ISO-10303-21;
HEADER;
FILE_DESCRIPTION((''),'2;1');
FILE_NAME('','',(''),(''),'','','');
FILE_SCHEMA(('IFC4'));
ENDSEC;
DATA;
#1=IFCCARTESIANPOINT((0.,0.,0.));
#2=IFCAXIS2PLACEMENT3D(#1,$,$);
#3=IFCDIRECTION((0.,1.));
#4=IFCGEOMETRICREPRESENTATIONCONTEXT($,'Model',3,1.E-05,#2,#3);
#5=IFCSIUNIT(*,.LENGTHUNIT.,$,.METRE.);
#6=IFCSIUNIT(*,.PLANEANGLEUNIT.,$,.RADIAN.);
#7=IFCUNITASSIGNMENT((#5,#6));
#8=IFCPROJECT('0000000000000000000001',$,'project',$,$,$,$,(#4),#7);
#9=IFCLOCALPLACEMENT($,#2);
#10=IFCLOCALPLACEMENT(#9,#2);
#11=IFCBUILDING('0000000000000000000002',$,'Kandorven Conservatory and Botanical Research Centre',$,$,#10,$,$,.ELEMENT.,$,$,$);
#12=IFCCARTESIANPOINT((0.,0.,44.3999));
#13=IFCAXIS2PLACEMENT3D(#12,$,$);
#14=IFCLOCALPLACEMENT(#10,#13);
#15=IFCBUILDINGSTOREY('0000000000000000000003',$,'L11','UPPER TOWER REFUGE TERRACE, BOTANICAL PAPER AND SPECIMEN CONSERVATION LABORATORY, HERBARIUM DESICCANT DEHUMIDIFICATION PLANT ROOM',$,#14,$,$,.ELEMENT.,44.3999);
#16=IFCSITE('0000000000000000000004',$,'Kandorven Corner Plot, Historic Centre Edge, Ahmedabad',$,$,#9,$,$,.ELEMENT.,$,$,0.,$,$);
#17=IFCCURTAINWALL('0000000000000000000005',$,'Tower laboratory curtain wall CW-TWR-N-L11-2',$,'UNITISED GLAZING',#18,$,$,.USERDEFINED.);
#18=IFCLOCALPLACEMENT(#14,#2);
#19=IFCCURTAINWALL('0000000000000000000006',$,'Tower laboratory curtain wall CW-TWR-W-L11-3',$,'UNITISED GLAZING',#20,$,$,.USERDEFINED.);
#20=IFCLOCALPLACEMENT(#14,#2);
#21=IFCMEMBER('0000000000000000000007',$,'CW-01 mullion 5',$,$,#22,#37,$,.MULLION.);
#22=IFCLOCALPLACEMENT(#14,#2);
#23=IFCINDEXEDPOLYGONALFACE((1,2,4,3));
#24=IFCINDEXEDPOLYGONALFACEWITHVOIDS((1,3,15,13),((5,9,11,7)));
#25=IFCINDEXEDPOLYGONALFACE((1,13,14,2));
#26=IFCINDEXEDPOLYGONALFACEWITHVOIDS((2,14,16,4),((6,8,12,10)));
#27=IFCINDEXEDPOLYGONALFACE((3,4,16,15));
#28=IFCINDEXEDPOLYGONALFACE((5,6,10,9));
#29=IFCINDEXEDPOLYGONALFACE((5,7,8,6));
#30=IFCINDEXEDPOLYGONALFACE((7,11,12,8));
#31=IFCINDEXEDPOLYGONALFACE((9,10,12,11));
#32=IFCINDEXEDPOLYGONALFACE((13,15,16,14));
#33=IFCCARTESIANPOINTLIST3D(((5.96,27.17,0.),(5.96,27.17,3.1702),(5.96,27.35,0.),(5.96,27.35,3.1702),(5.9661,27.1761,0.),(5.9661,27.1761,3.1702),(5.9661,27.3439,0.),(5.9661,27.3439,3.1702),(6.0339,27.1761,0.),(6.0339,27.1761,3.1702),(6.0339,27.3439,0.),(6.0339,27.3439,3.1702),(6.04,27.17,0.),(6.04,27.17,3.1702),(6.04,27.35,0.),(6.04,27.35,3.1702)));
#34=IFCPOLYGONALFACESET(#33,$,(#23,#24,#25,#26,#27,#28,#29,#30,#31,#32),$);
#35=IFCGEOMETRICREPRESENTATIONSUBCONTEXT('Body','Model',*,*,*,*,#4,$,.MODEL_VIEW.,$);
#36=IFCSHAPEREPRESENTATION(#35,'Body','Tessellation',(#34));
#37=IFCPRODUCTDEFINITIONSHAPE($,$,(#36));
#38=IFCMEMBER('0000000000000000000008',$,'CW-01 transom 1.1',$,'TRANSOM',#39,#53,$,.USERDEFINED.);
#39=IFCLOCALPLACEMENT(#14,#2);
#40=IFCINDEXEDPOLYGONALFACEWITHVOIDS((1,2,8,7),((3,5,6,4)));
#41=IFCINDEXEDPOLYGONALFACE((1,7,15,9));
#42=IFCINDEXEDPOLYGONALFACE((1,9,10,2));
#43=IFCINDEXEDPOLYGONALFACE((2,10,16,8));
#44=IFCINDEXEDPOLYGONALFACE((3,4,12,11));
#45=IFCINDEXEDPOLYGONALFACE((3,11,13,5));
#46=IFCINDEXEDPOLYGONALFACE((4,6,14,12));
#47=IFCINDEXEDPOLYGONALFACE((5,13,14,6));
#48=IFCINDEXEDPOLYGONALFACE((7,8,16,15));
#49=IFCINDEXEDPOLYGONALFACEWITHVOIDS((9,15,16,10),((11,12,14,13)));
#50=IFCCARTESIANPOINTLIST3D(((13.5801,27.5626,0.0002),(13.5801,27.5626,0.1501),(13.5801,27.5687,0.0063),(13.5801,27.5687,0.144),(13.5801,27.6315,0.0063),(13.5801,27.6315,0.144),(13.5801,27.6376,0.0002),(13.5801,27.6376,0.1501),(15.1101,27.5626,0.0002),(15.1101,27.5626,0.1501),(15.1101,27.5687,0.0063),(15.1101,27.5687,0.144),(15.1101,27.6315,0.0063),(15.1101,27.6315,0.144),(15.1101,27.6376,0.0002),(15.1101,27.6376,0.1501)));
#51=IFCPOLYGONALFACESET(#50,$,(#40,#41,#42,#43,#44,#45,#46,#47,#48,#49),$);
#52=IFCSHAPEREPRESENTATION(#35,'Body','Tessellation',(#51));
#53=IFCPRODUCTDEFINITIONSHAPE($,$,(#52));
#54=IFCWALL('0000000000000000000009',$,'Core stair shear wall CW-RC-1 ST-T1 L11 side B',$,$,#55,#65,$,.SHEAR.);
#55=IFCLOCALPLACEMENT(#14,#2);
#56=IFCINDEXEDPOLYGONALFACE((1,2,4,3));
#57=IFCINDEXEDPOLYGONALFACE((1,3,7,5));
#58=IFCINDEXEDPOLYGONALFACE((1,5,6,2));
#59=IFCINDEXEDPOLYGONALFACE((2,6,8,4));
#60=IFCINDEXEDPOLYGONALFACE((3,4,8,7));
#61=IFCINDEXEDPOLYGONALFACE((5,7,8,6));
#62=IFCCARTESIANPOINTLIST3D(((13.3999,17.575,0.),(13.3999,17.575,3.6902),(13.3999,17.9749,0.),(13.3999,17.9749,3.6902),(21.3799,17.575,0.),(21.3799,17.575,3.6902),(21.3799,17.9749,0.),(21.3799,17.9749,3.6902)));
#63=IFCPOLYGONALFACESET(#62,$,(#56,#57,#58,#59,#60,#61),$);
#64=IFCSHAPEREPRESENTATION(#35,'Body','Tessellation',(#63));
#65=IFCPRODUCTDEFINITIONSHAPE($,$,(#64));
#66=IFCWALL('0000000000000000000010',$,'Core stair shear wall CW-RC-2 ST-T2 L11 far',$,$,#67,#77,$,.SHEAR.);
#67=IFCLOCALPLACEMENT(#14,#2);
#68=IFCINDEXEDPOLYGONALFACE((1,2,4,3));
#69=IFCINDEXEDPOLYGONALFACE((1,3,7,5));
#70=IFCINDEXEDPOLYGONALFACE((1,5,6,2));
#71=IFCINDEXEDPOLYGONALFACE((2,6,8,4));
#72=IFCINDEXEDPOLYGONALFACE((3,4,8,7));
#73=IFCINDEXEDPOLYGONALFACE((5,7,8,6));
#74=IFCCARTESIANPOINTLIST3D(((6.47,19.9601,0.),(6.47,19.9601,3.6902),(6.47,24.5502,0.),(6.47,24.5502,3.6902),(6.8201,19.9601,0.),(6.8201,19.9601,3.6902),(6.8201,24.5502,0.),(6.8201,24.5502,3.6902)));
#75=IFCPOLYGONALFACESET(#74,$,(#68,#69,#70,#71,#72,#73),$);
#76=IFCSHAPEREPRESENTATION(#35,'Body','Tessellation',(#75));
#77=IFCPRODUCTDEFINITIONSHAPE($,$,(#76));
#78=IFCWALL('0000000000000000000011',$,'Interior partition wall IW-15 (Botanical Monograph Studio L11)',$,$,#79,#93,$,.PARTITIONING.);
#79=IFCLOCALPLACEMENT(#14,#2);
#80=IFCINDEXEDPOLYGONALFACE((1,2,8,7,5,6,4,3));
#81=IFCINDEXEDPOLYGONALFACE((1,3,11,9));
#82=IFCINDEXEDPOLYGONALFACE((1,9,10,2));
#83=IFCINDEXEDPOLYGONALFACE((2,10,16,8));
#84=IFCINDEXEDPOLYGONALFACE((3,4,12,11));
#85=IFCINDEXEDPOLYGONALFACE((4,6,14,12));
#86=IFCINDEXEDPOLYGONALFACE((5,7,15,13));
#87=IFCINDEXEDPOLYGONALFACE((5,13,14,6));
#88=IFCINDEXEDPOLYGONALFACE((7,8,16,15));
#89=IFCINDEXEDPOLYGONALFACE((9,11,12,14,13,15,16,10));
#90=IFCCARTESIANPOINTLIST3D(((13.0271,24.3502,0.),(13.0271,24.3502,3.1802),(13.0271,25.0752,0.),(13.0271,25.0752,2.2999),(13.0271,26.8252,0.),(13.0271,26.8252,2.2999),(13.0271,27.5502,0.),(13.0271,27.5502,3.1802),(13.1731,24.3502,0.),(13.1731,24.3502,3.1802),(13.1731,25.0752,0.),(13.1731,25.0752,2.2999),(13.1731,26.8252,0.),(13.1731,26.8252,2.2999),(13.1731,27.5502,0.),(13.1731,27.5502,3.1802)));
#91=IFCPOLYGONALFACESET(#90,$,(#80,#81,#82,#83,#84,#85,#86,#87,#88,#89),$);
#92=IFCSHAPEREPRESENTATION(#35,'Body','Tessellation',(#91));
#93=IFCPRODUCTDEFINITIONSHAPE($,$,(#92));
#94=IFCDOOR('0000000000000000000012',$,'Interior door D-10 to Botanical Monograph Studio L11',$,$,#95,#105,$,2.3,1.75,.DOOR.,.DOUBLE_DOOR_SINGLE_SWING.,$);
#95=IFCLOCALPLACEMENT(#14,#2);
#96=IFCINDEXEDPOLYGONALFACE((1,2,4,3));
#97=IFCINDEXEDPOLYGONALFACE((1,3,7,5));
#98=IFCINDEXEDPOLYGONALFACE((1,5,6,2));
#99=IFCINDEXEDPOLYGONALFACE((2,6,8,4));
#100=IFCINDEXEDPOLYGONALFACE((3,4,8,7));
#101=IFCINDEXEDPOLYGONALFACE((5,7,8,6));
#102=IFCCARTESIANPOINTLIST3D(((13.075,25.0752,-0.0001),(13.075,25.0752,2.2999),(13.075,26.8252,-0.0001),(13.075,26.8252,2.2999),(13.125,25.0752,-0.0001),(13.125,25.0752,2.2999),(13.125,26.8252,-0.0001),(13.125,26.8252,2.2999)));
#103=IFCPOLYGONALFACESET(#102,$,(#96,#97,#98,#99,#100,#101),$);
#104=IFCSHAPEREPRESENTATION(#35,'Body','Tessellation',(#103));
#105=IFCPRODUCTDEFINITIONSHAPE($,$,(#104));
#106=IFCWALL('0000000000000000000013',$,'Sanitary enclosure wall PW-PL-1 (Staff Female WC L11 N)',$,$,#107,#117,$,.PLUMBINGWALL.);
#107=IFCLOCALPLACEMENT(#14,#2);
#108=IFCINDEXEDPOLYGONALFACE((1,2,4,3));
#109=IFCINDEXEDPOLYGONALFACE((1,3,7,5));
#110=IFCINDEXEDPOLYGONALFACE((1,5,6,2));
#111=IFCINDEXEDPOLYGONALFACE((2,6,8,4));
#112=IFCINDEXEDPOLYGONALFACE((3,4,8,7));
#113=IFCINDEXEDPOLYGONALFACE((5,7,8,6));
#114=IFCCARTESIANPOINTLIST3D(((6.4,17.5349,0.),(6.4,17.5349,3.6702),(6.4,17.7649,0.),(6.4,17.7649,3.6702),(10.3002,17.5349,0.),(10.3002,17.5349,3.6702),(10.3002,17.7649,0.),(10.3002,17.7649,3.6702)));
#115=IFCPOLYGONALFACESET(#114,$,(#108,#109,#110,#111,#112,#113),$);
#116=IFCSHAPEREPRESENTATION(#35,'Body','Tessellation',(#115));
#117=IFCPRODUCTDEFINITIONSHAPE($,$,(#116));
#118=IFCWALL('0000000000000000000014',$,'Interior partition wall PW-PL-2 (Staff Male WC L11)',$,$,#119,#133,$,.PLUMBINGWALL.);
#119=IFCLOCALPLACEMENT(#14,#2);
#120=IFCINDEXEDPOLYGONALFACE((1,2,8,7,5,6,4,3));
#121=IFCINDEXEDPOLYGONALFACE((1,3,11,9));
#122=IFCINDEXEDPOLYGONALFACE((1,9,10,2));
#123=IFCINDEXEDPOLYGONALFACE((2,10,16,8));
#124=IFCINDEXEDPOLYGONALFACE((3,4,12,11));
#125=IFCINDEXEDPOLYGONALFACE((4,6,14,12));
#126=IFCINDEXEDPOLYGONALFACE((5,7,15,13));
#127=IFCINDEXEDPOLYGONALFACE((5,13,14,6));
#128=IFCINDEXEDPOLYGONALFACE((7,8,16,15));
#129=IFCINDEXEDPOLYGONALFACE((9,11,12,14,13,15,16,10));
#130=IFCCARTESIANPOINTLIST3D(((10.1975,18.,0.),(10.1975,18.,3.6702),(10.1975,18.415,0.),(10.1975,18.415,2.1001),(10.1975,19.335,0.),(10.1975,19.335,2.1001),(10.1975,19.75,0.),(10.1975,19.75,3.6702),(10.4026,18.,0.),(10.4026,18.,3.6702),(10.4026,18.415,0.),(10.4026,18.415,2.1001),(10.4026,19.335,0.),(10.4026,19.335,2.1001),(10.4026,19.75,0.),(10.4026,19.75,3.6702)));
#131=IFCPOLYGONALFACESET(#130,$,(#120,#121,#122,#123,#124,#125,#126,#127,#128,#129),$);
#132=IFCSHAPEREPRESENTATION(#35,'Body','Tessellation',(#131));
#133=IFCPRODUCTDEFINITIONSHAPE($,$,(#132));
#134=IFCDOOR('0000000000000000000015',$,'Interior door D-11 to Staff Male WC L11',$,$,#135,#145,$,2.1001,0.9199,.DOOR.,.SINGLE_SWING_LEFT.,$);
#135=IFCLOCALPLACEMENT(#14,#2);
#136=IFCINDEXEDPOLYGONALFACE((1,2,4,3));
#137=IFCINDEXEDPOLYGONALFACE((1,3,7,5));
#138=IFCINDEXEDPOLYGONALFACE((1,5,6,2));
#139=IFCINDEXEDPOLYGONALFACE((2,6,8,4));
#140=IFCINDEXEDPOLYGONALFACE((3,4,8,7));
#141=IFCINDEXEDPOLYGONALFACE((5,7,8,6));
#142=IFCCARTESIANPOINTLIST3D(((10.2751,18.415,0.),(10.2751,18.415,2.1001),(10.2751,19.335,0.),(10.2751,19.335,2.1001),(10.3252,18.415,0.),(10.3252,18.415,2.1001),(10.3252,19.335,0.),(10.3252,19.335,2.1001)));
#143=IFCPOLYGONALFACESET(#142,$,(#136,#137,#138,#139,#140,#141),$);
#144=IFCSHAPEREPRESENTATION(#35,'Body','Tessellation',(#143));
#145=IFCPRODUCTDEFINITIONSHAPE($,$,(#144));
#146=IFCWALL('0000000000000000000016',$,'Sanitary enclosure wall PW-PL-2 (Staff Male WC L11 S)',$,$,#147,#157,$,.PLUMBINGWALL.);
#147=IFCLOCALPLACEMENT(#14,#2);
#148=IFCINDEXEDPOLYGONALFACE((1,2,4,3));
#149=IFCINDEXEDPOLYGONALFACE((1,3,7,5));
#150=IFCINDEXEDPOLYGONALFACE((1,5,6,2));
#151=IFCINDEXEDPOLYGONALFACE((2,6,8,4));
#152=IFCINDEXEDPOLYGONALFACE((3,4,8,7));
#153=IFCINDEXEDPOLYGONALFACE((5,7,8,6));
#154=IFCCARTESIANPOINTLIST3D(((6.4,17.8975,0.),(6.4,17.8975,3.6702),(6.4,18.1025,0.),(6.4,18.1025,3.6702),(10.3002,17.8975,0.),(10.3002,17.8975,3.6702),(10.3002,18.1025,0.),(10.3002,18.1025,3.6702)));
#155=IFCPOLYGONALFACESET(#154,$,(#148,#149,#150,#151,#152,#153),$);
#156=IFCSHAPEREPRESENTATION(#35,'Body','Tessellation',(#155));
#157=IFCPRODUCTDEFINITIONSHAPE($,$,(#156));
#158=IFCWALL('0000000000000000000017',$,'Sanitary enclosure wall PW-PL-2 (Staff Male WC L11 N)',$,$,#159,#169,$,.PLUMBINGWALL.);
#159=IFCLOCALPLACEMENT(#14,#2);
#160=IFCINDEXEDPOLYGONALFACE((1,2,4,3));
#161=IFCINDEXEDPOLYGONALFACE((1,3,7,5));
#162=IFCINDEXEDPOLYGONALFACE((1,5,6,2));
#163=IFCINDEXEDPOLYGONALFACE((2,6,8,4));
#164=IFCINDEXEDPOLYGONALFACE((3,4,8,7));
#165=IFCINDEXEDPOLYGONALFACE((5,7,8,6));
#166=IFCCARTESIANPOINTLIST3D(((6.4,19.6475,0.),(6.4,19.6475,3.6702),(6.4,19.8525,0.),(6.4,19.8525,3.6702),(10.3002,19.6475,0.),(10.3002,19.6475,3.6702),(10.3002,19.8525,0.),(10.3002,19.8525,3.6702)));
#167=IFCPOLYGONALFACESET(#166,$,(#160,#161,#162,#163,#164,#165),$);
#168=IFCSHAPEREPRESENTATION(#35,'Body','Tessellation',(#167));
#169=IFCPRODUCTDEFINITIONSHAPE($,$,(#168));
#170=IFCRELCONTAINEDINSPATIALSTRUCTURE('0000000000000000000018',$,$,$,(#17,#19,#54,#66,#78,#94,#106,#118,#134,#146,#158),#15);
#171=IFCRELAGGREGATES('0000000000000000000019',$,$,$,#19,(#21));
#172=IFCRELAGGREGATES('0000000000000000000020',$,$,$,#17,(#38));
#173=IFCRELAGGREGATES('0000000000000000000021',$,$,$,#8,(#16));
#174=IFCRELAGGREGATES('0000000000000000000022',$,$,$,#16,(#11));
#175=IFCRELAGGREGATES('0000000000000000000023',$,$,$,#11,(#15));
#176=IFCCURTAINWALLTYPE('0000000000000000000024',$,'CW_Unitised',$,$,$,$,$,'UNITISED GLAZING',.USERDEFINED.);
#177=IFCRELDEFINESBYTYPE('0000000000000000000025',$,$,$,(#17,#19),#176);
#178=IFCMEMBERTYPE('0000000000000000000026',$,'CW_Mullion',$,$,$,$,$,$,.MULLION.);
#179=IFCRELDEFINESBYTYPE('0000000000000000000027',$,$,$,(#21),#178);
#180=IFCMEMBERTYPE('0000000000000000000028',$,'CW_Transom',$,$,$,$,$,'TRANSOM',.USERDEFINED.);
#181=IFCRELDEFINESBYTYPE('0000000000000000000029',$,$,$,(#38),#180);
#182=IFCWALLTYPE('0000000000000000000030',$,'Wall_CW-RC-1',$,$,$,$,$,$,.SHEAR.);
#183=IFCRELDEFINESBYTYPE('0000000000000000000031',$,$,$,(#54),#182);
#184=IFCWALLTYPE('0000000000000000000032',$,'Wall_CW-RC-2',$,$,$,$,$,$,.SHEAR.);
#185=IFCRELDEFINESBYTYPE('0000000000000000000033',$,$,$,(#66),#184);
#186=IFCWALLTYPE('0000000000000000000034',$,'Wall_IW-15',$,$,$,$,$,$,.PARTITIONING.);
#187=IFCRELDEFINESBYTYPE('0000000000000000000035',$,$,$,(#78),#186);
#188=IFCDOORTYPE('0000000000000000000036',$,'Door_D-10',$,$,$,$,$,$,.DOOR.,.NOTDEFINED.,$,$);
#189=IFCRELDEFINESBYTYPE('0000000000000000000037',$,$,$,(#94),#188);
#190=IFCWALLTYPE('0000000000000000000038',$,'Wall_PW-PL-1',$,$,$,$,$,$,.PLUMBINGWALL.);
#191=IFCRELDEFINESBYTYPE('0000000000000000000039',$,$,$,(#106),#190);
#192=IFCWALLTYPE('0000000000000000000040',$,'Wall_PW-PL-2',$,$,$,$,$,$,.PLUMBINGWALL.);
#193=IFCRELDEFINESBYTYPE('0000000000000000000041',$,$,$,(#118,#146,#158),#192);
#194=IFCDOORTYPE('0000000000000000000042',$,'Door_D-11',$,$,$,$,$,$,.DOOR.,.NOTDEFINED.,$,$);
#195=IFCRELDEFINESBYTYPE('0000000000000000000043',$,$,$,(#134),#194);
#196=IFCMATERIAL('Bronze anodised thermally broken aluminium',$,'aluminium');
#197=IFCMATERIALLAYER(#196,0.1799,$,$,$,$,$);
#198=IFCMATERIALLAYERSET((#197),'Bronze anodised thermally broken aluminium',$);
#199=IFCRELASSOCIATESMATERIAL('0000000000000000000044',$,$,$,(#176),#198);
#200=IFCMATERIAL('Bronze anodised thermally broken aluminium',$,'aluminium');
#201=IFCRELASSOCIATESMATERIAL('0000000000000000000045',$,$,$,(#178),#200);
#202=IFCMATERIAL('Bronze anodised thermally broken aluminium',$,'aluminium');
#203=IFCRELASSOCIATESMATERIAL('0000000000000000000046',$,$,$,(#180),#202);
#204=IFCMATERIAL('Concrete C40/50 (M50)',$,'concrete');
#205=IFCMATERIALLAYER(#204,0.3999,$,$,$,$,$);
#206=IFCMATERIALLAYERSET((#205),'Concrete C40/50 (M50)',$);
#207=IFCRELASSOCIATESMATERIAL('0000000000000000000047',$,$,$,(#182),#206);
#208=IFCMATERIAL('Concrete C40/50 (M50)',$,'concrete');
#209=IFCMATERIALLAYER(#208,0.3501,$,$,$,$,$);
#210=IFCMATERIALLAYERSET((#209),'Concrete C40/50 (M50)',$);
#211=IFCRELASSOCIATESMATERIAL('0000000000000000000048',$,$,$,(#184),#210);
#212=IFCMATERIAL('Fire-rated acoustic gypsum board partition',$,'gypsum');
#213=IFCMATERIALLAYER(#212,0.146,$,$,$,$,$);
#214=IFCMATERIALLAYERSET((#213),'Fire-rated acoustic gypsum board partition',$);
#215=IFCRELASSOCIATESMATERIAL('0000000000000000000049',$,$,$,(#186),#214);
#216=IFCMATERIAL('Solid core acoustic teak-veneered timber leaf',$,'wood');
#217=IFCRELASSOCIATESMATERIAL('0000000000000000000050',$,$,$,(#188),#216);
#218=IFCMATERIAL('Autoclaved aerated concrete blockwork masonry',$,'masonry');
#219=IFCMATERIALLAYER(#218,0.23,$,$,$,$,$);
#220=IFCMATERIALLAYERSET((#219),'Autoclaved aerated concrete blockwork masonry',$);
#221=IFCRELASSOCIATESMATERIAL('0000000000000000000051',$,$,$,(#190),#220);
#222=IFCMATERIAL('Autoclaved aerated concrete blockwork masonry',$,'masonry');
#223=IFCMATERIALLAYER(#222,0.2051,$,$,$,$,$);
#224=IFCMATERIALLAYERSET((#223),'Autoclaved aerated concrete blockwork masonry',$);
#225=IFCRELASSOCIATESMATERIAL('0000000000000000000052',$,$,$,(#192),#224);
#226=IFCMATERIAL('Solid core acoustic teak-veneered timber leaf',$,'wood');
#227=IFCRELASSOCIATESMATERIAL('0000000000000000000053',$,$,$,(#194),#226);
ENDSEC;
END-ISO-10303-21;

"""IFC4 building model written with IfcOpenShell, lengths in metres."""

from ifc_helpers import new_model, si_unit, direction, frame, frame_2d, origin, origin_2d, place, context, subcontext, project, spatial, rectangle, hollow_rectangle, extrude, material, layer, layer_set, material_profile, profile_set, type_object, element, fill, aggregate, save


model = new_model("IFC4")

# Units and contexts
model_context = context("Model", 3, precision=1e-05, world=origin(), true_north=direction((0.0, 1.0)))
body_context = subcontext(model_context, "Body", "Model", "MODEL_VIEW")
ifc_project = project(units=[si_unit("LENGTHUNIT", "METRE"), si_unit("PLANEANGLEUNIT", "RADIAN")], contexts=[model_context])

# Site, building, storey
site_placement = place(None, origin())
site = spatial("IfcSite", under=ifc_project, at=site_placement, Name="Kandorven Corner Plot, Historic Centre Edge, Ahmedabad", CompositionType="ELEMENT", RefElevation=0.0)
building_placement = place(site_placement, origin())
building = spatial("IfcBuilding", under=site, at=building_placement, Name="Kandorven Conservatory and Botanical Research Centre", CompositionType="ELEMENT")
storey_placement = place(building_placement, frame((0.0, 0.0, 44.3999)))
storey = spatial("IfcBuildingStorey", under=building, at=storey_placement, Name="L11", Description="UPPER TOWER REFUGE TERRACE, BOTANICAL PAPER AND SPECIMEN CONSERVATION LABORATORY, HERBARIUM DESICCANT DEHUMIDIFICATION PLANT ROOM", CompositionType="ELEMENT", Elevation=44.3999)

# Curtain walls, member
ifc_material_1 = material(Name="Bronze anodised thermally broken aluminium", Category="aluminium")
ifc_layer_1 = layer(ifc_material_1, 0.1799)
ifc_layer_set_1 = layer_set([ifc_layer_1], Name="Bronze anodised thermally broken aluminium")
curtain_wall_type = type_object("IfcCurtainWallType", Name="CW_Unitised", ElementType="UNITISED GLAZING", PredefinedType="USERDEFINED", material=ifc_layer_set_1)
curtain_wall_1_placement = place(storey_placement, origin())
curtain_wall_1 = element("IfcCurtainWall", 1, at=curtain_wall_1_placement, inside=storey, type_object=curtain_wall_type, Name="Tower laboratory curtain wall CW-TWR-N-L11-2", ObjectType="UNITISED GLAZING", PredefinedType="USERDEFINED")
ifc_material_2 = material(Name="Bronze anodised thermally broken aluminium", Category="aluminium")
ifc_material_profile_1 = material_profile(ifc_material_2, hollow_rectangle(XDim=0.0801, YDim=0.1799, WallThickness=0.0061, at=origin_2d()))
ifc_profile_set_1 = profile_set([ifc_material_profile_1], Name="Bronze anodised thermally broken aluminium")
member_type_1 = type_object("IfcMemberType", Name="CW_Mullion", PredefinedType="MULLION", material=ifc_profile_set_1)
curtain_wall_2_placement = place(storey_placement, origin())
curtain_wall_2 = element("IfcCurtainWall", 2, at=curtain_wall_2_placement, inside=storey, type_object=curtain_wall_type, Name="Tower laboratory curtain wall CW-TWR-W-L11-3", ObjectType="UNITISED GLAZING", PredefinedType="USERDEFINED")
member_1_placement = place(storey_placement, frame((6.0, 27.26, 0.0), z_axis=(0.0, 0.0, 1.0), x_axis=(-1.0, 0.0, 0.0)))
member_1 = element("IfcMember", 3, at=member_1_placement, type_object=member_type_1, Name="CW-01 mullion 5", PredefinedType="MULLION", context=body_context, shape_type="SweptSolid", body=[
    extrude(hollow_rectangle(XDim=0.0801, YDim=0.1799, WallThickness=0.0061, at=origin_2d()), origin(), (0.0, 0.0, 1.0), 3.1702),
])
aggregate(curtain_wall_2, [member_1])

# Member
ifc_material_3 = material(Name="Bronze anodised thermally broken aluminium", Category="aluminium")
ifc_material_profile_2 = material_profile(ifc_material_3, hollow_rectangle(XDim=0.075, YDim=0.1499, WallThickness=0.0061, at=origin_2d()))
ifc_profile_set_2 = profile_set([ifc_material_profile_2], Name="Bronze anodised thermally broken aluminium")
member_type_2 = type_object("IfcMemberType", Name="CW_Transom", ElementType="TRANSOM", PredefinedType="USERDEFINED", material=ifc_profile_set_2)
member_2_placement = place(storey_placement, frame((13.5801, 27.6001, 0.0752), z_axis=(1.0, 0.0, 0.0), x_axis=(0.0, 1.0, 0.0)))
member_2 = element("IfcMember", 4, at=member_2_placement, type_object=member_type_2, Name="CW-01 transom 1.1", ObjectType="TRANSOM", PredefinedType="USERDEFINED", context=body_context, shape_type="SweptSolid", body=[
    extrude(hollow_rectangle(XDim=0.075, YDim=0.1499, WallThickness=0.0061, at=origin_2d()), origin(), (0.0, 0.0, 1.0), 1.53),
])
aggregate(curtain_wall_1, [member_2])

# Walls
ifc_material_4 = material(Name="Concrete C40/50 (M50)", Category="concrete")
ifc_layer_2 = layer(ifc_material_4, 0.3999)
ifc_layer_set_2 = layer_set([ifc_layer_2], Name="Concrete C40/50 (M50)")
wall_type_1 = type_object("IfcWallType", Name="Wall_CW-RC-1", PredefinedType="SHEAR", material=ifc_layer_set_2)
wall_1_placement = place(storey_placement, frame((13.3999, 17.7749, 0.0), z_axis=(0.0, 0.0, 1.0), x_axis=(1.0, 0.0, 0.0)))
element("IfcWall", 5, at=wall_1_placement, inside=storey, type_object=wall_type_1, Name="Core stair shear wall CW-RC-1 ST-T1 L11 side B", PredefinedType="SHEAR", context=body_context, shape_type="SweptSolid", body=[
    extrude(rectangle(XDim=7.98, YDim=0.3999, at=frame_2d((3.99, 0.0))), origin(), (0.0, 0.0, 1.0), 3.6902),
])
ifc_material_5 = material(Name="Concrete C40/50 (M50)", Category="concrete")
ifc_layer_3 = layer(ifc_material_5, 0.3501)
ifc_layer_set_3 = layer_set([ifc_layer_3], Name="Concrete C40/50 (M50)")
wall_type_2 = type_object("IfcWallType", Name="Wall_CW-RC-2", PredefinedType="SHEAR", material=ifc_layer_set_3)
wall_2_placement = place(storey_placement, frame((6.645, 24.55, 0.0), z_axis=(0.0, 0.0, 1.0), x_axis=(0.0, -1.0, 0.0)))
element("IfcWall", 6, at=wall_2_placement, inside=storey, type_object=wall_type_2, Name="Core stair shear wall CW-RC-2 ST-T2 L11 far", PredefinedType="SHEAR", context=body_context, shape_type="SweptSolid", body=[
    extrude(rectangle(XDim=4.5901, YDim=0.3501, at=frame_2d((2.2949, 0.0))), origin(), (0.0, 0.0, 1.0), 3.6902),
])

# Wall, opening, door
ifc_material_6 = material(Name="Fire-rated acoustic gypsum board partition", Category="gypsum")
ifc_layer_4 = layer(ifc_material_6, 0.146)
ifc_layer_set_4 = layer_set([ifc_layer_4], Name="Fire-rated acoustic gypsum board partition")
wall_type_3 = type_object("IfcWallType", Name="Wall_IW-15", PredefinedType="PARTITIONING", material=ifc_layer_set_4)
wall_3_placement = place(storey_placement, frame((13.1001, 24.3501, 0.0), z_axis=(0.0, 0.0, 1.0), x_axis=(0.0, 1.0, 0.0)))
wall_3 = element("IfcWall", 7, at=wall_3_placement, inside=storey, type_object=wall_type_3, Name="Interior partition wall IW-15 (Botanical Monograph Studio L11)", PredefinedType="PARTITIONING", context=body_context, shape_type="SweptSolid", body=[
    extrude(rectangle(XDim=3.2, YDim=0.146, at=frame_2d((1.6001, 0.0))), origin(), (0.0, 0.0, 1.0), 3.1802),
])
opening_1_placement = place(wall_3_placement, frame((0.7251, 0.0, 0.0)))
opening_1 = element("IfcOpeningElement", 8, at=opening_1_placement, cuts=wall_3, PredefinedType="OPENING", context=body_context, shape_type="SweptSolid", body=[
    extrude(rectangle(XDim=1.75, YDim=2.3, at=frame_2d((0.875, 1.1499))), frame((0.0, 0.083, 0.0), z_axis=(0.0, -1.0, 0.0), x_axis=(1.0, 0.0, 0.0)), (0.0, 0.0, 1.0), 0.166),
])
ifc_material_7 = material(Name="Solid core acoustic teak-veneered timber leaf", Category="wood")
door_type_1 = type_object("IfcDoorType", Name="Door_D-10", OperationType="NOTDEFINED", PredefinedType="DOOR", material=ifc_material_7)
door_1_placement = place(opening_1_placement, frame((1.75, 0.0, 0.0), z_axis=(0.0, 0.0, 1.0), x_axis=(-1.0, 0.0, 0.0)))
door_1 = element("IfcDoor", 9, at=door_1_placement, inside=storey, type_object=door_type_1, Name="Interior door D-10 to Botanical Monograph Studio L11", OperationType="DOUBLE_DOOR_SINGLE_SWING", OverallHeight=2.3, OverallWidth=1.75, PredefinedType="DOOR", context=body_context, shape_type="SweptSolid", body=[
    extrude(rectangle(XDim=1.75, YDim=2.3, at=frame_2d((0.875, 1.1499))), frame((0.0, 0.0249, 0.0), z_axis=(0.0, -1.0, 0.0), x_axis=(1.0, 0.0, 0.0)), (0.0, 0.0, 1.0), 0.05),
])
fill(opening_1, door_1)

# Wall
ifc_material_8 = material(Name="Autoclaved aerated concrete blockwork masonry", Category="masonry")
ifc_layer_5 = layer(ifc_material_8, 0.23)
ifc_layer_set_5 = layer_set([ifc_layer_5], Name="Autoclaved aerated concrete blockwork masonry")
wall_type_4 = type_object("IfcWallType", Name="Wall_PW-PL-1", PredefinedType="PLUMBINGWALL", material=ifc_layer_set_5)
wall_4_placement = place(storey_placement, frame((6.3999, 17.6499, 0.0), z_axis=(0.0, 0.0, 1.0), x_axis=(1.0, 0.0, 0.0)))
element("IfcWall", 10, at=wall_4_placement, inside=storey, type_object=wall_type_4, Name="Sanitary enclosure wall PW-PL-1 (Staff Female WC L11 N)", PredefinedType="PLUMBINGWALL", context=body_context, shape_type="SweptSolid", body=[
    extrude(rectangle(XDim=3.9001, YDim=0.23, at=frame_2d((1.9502, 0.0))), origin(), (0.0, 0.0, 1.0), 3.6702),
])

# Wall, opening, door
ifc_material_9 = material(Name="Autoclaved aerated concrete blockwork masonry", Category="masonry")
ifc_layer_6 = layer(ifc_material_9, 0.2051)
ifc_layer_set_6 = layer_set([ifc_layer_6], Name="Autoclaved aerated concrete blockwork masonry")
wall_type_5 = type_object("IfcWallType", Name="Wall_PW-PL-2", PredefinedType="PLUMBINGWALL", material=ifc_layer_set_6)
wall_5_placement = place(storey_placement, frame((10.3, 18.0, 0.0), z_axis=(0.0, 0.0, 1.0), x_axis=(0.0, 1.0, 0.0)))
wall_5 = element("IfcWall", 11, at=wall_5_placement, inside=storey, type_object=wall_type_5, Name="Interior partition wall PW-PL-2 (Staff Male WC L11)", PredefinedType="PLUMBINGWALL", context=body_context, shape_type="SweptSolid", body=[
    extrude(rectangle(XDim=1.75, YDim=0.2051, at=frame_2d((0.875, 0.0))), origin(), (0.0, 0.0, 1.0), 3.6702),
])
opening_2_placement = place(wall_5_placement, frame((0.415, 0.0, 0.0)))
opening_2 = element("IfcOpeningElement", 12, at=opening_2_placement, cuts=wall_5, PredefinedType="OPENING", context=body_context, shape_type="SweptSolid", body=[
    extrude(rectangle(XDim=0.9199, YDim=2.1001, at=frame_2d((0.46, 1.05))), frame((0.0, 0.1125, 0.0), z_axis=(0.0, -1.0, 0.0), x_axis=(1.0, 0.0, 0.0)), (0.0, 0.0, 1.0), 0.2251),
])
ifc_material_10 = material(Name="Solid core acoustic teak-veneered timber leaf", Category="wood")
door_type_2 = type_object("IfcDoorType", Name="Door_D-11", OperationType="NOTDEFINED", PredefinedType="DOOR", material=ifc_material_10)
door_2_placement = place(opening_2_placement, origin())
door_2 = element("IfcDoor", 13, at=door_2_placement, inside=storey, type_object=door_type_2, Name="Interior door D-11 to Staff Male WC L11", OperationType="SINGLE_SWING_LEFT", OverallHeight=2.1001, OverallWidth=0.9199, PredefinedType="DOOR", context=body_context, shape_type="SweptSolid", body=[
    extrude(rectangle(XDim=0.9199, YDim=2.1001, at=frame_2d((0.46, 1.05))), frame((0.0, 0.0249, 0.0), z_axis=(0.0, -1.0, 0.0), x_axis=(1.0, 0.0, 0.0)), (0.0, 0.0, 1.0), 0.05),
])
fill(opening_2, door_2)

# Walls
for number, where, z_axis, x_axis, name in (
    (14, (6.3999, 18.0, 0.0), (0.0, 0.0, 1.0), (1.0, 0.0, 0.0), "Sanitary enclosure wall PW-PL-2 (Staff Male WC L11 S)"),
    (15, (6.3999, 19.75, 0.0), (0.0, 0.0, 1.0), (1.0, 0.0, 0.0), "Sanitary enclosure wall PW-PL-2 (Staff Male WC L11 N)"),
):
    element("IfcWall", number, at=place(storey_placement, frame(where, z_axis=z_axis, x_axis=x_axis)), inside=storey, type_object=wall_type_5, Name=name, PredefinedType="PLUMBINGWALL", context=body_context, shape_type="SweptSolid", body=[
        extrude(rectangle(XDim=3.9001, YDim=0.2051, at=frame_2d((1.9502, 0.0))), origin(), (0.0, 0.0, 1.0), 3.6702),
    ])

save(model, "model.ifc")
